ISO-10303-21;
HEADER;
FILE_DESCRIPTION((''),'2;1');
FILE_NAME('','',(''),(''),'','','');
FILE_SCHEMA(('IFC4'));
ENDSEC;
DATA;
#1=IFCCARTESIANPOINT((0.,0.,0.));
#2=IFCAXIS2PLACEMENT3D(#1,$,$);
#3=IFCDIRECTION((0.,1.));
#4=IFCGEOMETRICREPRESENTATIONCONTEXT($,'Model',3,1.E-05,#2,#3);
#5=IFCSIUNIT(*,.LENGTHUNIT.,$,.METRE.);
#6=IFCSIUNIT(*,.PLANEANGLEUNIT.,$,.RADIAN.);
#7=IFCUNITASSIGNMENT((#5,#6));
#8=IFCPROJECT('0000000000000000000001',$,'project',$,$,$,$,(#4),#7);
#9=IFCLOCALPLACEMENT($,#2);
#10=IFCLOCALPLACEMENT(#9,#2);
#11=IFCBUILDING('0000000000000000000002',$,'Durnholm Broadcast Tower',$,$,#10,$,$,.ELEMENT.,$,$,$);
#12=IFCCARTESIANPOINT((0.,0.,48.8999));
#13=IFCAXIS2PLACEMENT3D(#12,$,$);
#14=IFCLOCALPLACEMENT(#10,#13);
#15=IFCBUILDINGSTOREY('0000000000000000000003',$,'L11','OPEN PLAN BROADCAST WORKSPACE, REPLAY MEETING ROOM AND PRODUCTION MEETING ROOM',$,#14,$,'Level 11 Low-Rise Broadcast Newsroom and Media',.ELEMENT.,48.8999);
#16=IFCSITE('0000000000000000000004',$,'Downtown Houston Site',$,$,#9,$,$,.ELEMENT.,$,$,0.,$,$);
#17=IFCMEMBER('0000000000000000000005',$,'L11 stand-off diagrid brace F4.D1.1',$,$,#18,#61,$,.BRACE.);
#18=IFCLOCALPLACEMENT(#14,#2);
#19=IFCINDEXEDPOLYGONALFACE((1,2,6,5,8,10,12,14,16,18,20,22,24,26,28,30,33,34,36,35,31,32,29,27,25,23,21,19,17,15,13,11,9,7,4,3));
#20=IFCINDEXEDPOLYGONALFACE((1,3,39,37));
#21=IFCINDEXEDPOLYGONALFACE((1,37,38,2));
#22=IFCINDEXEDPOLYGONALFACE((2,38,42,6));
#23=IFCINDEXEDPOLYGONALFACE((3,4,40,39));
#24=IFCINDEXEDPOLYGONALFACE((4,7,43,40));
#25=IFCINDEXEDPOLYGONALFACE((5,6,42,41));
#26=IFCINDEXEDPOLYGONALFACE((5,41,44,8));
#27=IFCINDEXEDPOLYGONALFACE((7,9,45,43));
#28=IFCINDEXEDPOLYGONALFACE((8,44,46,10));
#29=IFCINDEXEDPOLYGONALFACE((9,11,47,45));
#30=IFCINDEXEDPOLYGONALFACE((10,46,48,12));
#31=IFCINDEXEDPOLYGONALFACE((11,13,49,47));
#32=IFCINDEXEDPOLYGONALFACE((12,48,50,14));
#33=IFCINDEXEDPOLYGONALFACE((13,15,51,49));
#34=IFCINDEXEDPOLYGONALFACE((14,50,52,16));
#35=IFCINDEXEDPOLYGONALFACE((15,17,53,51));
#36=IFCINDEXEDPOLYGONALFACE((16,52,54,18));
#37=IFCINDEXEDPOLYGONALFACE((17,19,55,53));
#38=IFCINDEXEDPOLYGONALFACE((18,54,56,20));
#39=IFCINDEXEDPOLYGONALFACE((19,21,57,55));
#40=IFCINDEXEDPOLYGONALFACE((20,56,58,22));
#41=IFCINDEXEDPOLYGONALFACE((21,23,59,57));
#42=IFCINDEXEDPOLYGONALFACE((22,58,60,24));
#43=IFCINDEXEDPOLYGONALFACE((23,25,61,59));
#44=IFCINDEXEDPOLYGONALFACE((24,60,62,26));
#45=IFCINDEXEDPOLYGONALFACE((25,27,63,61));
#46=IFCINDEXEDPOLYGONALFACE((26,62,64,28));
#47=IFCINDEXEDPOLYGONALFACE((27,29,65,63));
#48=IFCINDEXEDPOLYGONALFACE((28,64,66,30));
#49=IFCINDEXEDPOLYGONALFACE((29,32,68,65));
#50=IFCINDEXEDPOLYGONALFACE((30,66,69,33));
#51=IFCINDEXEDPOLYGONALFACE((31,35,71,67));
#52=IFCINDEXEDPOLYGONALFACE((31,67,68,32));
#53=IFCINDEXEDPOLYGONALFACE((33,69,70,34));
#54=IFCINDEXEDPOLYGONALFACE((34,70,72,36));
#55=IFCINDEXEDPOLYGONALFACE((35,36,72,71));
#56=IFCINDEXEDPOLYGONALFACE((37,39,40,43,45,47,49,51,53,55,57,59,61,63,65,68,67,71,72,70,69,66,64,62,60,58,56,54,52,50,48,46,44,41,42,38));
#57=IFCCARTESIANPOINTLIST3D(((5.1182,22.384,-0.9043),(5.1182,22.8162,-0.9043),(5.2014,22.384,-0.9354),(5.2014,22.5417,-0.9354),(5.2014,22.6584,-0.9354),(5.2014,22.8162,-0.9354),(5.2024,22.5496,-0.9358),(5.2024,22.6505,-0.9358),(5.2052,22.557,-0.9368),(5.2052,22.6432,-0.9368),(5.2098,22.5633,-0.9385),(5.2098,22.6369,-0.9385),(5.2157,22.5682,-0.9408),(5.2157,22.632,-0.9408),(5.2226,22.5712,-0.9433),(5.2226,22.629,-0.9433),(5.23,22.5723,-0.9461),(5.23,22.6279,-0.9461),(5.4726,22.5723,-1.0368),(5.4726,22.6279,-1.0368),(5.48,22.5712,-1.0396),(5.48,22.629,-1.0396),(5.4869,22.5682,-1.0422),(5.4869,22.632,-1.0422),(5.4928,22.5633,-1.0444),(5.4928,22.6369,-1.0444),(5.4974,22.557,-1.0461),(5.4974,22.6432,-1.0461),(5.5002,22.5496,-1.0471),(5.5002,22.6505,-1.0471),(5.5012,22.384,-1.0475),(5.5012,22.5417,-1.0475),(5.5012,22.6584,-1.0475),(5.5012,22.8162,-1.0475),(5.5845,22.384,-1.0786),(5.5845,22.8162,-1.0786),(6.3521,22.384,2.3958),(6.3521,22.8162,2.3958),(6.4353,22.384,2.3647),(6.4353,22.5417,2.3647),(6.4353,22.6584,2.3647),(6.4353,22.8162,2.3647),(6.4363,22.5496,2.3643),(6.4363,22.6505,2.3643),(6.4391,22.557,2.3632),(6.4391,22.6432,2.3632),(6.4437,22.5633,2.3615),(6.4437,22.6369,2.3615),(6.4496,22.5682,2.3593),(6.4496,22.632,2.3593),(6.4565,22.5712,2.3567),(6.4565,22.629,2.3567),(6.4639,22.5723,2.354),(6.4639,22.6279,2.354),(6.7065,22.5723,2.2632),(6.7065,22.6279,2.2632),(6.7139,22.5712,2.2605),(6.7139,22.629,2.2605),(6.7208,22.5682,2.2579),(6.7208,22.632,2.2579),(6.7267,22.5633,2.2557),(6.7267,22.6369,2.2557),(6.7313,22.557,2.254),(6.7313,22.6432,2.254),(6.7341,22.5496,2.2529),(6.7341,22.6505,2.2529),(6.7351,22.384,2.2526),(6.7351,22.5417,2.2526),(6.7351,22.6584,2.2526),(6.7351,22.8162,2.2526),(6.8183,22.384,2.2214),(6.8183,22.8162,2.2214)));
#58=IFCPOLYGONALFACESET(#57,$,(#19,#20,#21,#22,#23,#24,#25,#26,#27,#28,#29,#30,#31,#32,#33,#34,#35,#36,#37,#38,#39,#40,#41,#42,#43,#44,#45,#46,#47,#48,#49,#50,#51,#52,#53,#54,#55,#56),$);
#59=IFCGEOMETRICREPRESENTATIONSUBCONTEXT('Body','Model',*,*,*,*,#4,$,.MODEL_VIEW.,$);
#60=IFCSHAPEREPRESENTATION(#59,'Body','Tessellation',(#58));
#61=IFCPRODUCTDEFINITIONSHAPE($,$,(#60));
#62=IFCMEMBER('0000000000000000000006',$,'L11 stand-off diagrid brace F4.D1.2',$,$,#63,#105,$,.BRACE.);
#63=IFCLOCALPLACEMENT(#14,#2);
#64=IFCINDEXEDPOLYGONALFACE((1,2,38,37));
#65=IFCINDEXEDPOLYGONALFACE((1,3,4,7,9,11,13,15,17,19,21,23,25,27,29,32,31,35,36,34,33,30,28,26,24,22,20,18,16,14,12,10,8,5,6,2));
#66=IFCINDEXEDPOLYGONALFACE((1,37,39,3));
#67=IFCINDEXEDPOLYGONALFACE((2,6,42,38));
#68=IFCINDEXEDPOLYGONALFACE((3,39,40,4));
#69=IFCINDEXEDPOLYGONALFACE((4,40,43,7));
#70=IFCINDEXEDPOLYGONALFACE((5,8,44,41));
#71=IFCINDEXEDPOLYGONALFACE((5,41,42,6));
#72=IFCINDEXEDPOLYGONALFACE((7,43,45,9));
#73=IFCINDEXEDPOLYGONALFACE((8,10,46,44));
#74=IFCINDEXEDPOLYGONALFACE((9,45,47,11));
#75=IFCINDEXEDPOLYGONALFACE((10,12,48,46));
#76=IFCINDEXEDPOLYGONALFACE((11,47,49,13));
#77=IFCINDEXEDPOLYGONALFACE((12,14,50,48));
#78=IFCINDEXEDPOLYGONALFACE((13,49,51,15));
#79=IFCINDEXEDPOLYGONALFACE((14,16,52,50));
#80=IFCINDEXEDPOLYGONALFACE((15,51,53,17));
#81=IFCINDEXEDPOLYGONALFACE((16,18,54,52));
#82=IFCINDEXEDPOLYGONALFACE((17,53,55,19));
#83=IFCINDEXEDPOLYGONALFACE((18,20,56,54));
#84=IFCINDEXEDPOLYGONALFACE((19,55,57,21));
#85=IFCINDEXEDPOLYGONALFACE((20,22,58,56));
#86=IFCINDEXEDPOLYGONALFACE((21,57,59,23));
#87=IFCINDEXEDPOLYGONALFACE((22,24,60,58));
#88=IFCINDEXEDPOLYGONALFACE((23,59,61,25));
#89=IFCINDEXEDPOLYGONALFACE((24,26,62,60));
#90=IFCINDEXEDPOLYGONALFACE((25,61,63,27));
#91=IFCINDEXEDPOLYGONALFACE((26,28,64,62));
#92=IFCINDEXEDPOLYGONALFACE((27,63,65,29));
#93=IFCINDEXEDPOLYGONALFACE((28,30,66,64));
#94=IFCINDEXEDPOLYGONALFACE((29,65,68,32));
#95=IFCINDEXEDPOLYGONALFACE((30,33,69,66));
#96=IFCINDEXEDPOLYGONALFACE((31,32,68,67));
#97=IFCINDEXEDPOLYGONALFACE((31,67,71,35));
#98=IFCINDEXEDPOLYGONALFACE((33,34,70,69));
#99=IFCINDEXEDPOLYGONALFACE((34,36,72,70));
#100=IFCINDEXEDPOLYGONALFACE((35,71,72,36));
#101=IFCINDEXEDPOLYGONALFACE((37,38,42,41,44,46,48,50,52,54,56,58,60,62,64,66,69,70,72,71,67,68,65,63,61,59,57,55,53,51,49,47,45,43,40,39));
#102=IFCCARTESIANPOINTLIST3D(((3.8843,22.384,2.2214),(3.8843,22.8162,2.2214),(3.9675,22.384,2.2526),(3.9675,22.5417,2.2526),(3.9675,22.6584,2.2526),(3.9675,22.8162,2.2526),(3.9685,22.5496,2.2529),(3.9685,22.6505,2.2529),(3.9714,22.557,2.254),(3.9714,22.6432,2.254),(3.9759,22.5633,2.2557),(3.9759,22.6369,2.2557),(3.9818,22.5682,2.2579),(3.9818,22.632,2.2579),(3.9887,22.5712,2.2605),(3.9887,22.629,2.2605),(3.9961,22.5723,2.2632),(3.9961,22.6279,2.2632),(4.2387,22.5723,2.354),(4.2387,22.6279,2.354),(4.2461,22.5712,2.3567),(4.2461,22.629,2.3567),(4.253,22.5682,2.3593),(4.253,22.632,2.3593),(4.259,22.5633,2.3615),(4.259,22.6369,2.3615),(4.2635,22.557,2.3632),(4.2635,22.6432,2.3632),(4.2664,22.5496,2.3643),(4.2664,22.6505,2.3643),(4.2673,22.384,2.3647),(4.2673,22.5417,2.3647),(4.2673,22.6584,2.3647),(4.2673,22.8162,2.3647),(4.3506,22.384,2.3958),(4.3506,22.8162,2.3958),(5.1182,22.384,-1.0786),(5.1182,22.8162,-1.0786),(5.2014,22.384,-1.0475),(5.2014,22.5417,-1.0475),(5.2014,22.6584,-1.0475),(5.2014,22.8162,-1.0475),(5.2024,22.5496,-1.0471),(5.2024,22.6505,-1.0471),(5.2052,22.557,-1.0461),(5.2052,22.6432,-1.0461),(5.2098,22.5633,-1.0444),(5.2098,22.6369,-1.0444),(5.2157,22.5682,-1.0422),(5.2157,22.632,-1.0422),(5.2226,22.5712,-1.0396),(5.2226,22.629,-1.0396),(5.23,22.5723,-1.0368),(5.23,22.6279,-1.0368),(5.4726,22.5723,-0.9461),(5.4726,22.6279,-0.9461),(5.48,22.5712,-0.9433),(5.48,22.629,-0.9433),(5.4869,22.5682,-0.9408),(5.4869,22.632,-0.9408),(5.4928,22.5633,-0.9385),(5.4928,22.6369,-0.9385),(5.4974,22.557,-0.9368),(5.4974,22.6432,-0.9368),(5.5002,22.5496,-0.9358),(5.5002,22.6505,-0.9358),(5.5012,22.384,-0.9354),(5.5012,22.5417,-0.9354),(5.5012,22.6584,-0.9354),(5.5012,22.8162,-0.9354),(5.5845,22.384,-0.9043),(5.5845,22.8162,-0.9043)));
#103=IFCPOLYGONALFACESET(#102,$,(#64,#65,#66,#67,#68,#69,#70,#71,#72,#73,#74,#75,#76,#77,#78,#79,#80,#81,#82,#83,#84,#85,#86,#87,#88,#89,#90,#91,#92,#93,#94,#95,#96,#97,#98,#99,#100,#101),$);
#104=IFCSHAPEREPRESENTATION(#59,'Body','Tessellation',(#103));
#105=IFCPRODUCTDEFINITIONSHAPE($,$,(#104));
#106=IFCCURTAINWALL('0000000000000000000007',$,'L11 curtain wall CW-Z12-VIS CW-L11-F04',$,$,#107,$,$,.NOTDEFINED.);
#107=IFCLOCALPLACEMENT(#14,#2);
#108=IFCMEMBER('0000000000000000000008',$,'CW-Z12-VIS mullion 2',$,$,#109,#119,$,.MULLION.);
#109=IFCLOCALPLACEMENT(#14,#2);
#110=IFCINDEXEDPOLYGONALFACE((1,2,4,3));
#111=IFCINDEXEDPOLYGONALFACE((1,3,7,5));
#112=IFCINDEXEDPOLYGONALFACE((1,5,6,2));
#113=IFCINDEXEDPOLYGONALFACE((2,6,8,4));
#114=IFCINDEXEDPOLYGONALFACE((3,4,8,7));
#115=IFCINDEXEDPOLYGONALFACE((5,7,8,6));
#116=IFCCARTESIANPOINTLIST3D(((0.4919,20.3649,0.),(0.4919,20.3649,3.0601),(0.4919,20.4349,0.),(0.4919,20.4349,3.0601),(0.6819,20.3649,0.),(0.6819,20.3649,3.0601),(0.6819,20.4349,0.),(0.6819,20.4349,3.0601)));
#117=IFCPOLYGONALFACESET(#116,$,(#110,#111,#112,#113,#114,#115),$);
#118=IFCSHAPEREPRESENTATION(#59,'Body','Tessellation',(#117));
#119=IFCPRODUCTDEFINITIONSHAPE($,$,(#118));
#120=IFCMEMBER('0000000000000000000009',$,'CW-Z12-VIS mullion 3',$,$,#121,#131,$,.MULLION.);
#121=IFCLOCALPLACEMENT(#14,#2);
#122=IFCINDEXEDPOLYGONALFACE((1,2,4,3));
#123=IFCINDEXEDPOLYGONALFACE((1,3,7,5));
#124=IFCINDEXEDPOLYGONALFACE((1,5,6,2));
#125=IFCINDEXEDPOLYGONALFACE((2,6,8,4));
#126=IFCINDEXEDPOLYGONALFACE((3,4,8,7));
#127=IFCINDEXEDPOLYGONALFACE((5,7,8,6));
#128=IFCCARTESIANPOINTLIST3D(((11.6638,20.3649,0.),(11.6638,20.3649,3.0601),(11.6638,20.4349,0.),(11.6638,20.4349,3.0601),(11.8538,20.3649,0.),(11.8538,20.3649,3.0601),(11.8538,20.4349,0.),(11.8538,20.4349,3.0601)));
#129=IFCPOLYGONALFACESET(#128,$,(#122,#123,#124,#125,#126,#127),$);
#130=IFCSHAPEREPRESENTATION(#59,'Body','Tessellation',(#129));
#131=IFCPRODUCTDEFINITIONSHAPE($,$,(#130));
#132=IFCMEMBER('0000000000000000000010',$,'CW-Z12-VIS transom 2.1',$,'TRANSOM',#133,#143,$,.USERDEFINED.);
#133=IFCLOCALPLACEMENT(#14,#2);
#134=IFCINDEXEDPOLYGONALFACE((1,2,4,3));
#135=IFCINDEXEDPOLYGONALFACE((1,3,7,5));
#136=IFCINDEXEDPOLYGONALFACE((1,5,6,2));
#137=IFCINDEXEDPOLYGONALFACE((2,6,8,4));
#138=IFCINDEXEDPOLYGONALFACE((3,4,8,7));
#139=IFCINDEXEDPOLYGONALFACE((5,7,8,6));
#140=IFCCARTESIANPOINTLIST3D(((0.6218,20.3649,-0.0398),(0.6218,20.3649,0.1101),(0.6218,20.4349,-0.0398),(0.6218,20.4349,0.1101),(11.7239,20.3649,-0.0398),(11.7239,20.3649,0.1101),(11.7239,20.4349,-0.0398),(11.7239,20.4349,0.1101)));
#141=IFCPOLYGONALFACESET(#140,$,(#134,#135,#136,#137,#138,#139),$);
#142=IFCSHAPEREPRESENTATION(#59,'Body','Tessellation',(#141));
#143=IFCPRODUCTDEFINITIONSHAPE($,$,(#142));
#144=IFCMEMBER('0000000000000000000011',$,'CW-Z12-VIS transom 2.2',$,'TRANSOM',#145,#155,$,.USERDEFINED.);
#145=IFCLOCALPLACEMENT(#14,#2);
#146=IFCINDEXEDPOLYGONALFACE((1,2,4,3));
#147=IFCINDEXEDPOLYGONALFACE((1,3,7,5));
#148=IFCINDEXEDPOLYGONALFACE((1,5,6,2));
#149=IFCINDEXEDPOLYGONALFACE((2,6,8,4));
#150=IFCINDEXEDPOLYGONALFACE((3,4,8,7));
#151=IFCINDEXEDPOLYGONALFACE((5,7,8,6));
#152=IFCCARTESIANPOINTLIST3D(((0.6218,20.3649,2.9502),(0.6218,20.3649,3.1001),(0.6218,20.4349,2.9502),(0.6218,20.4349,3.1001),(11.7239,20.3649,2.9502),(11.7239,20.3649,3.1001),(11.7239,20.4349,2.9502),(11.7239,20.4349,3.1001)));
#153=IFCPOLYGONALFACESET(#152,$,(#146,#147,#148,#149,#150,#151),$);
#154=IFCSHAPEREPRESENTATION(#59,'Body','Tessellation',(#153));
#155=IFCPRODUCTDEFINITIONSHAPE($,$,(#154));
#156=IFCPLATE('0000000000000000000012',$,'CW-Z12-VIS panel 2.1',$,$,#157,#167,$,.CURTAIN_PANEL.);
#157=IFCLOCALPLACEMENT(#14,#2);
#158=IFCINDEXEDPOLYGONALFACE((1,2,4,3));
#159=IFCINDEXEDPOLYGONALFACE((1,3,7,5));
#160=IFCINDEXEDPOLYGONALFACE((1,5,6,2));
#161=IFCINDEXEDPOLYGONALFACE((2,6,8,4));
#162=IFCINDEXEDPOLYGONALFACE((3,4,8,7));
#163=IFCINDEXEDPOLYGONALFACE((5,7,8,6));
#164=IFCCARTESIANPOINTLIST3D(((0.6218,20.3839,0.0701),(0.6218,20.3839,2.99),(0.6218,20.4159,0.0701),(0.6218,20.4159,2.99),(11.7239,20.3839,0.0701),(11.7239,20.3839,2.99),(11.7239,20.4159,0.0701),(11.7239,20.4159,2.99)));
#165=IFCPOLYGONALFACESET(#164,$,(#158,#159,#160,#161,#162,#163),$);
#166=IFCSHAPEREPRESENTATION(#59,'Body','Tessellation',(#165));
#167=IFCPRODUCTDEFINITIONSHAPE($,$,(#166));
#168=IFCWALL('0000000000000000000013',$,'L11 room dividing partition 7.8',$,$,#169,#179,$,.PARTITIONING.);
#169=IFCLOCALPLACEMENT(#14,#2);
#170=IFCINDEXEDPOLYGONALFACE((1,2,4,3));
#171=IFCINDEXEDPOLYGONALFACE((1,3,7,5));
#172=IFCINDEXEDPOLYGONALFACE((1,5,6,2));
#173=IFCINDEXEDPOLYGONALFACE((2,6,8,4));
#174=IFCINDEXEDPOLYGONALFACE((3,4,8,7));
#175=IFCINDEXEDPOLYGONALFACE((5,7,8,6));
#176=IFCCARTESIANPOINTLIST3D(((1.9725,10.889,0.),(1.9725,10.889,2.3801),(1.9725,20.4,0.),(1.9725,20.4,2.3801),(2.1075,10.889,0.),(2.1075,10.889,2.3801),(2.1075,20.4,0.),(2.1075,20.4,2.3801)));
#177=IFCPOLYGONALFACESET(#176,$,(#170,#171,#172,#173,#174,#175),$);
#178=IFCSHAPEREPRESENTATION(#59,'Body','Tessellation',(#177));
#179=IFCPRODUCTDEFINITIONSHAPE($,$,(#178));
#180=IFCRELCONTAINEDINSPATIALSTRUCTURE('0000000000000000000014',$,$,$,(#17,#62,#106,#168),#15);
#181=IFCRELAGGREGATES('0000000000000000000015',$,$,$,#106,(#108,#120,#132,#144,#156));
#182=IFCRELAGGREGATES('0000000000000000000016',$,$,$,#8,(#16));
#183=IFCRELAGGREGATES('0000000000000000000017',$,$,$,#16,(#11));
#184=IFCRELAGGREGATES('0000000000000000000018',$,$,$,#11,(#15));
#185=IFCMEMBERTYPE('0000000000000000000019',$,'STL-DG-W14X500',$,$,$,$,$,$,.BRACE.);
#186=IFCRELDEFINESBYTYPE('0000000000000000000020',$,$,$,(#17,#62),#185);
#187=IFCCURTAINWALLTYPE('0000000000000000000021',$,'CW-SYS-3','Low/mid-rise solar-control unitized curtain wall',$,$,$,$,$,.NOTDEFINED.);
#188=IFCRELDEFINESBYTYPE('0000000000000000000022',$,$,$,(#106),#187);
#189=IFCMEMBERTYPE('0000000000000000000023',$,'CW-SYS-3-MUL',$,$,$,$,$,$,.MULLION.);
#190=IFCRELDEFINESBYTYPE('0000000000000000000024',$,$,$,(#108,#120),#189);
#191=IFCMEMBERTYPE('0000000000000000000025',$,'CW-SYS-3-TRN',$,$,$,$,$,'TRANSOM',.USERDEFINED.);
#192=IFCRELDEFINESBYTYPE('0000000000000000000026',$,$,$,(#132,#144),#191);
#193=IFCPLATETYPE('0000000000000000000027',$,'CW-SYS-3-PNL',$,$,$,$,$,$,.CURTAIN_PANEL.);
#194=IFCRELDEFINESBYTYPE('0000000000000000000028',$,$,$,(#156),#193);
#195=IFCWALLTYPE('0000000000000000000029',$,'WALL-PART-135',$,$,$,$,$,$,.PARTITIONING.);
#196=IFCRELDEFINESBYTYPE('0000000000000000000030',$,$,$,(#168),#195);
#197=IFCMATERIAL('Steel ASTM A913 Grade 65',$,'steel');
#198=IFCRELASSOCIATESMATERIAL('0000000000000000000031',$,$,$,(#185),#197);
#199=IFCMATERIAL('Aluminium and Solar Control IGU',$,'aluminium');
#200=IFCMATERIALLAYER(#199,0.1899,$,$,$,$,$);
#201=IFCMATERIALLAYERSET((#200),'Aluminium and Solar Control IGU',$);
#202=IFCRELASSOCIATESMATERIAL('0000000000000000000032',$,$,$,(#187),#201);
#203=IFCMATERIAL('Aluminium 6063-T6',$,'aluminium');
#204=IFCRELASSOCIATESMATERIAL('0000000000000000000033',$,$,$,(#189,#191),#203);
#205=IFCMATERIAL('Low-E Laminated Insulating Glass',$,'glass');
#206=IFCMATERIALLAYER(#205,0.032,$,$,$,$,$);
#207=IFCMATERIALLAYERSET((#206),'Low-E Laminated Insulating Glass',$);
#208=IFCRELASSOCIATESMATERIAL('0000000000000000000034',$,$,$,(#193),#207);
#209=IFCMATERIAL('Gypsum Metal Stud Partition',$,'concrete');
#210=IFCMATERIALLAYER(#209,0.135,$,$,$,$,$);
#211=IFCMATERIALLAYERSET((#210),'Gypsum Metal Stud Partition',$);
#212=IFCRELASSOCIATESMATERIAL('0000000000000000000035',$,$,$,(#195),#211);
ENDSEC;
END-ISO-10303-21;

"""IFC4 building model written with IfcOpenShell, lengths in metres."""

from ifc_helpers import new_model, si_unit, direction, frame, frame_2d, origin, origin_2d, place, context, subcontext, project, spatial, rectangle, i_section, extrude, source, transform, mapped, material, layer, layer_set, material_profile, profile_set, type_object, type_shapes, element, aggregate, save


model = new_model("IFC4")

# Units and contexts
model_context = context("Model", 3, precision=1e-05, world=origin(), true_north=direction((0.0, 1.0)))
body_context = subcontext(model_context, "Body", "Model", "MODEL_VIEW")
ifc_project = project(units=[si_unit("LENGTHUNIT", "METRE"), si_unit("PLANEANGLEUNIT", "RADIAN")], contexts=[model_context])

# Site, building, storey
site_placement = place(None, origin())
site = spatial("IfcSite", under=ifc_project, at=site_placement, Name="Downtown Houston Site", CompositionType="ELEMENT", RefElevation=0.0)
building_placement = place(site_placement, origin())
building = spatial("IfcBuilding", under=site, at=building_placement, Name="Durnholm Broadcast Tower", CompositionType="ELEMENT")
storey_placement = place(building_placement, frame((0.0, 0.0, 48.8999)))
storey = spatial("IfcBuildingStorey", under=building, at=storey_placement, Name="L11", Description="OPEN PLAN BROADCAST WORKSPACE, REPLAY MEETING ROOM AND PRODUCTION MEETING ROOM", LongName="Level 11 Low-Rise Broadcast Newsroom and Media", CompositionType="ELEMENT", Elevation=48.8999)

# Members
ifc_material_1 = material(Name="Steel ASTM A913 Grade 65", Category="steel")
ifc_material_profile_1 = material_profile(ifc_material_1, i_section(OverallWidth=0.4321, OverallDepth=0.4978, WebThickness=0.0557, FlangeThickness=0.0889, FilletRadius=0.0305, at=origin_2d()), Name="W14X500")
ifc_profile_set_1 = profile_set([ifc_material_profile_1], Name="Steel ASTM A913 Grade 65")
member_type_1 = type_object("IfcMemberType", Name="STL-DG-W14X500", PredefinedType="BRACE", material=ifc_profile_set_1)
shared_shape_1 = source(origin(), body_context, "Body", "SweptSolid", [
    extrude(i_section(OverallWidth=0.4321, OverallDepth=0.4978, WebThickness=0.0557, FlangeThickness=0.0889, FilletRadius=0.0305, at=origin_2d()), origin(), (0.0, 0.0, 1.0), 3.5232),
])
type_shapes(member_type_1, [shared_shape_1])
for number, where, z_axis, x_axis, name in (
    (1, (5.3513, 22.6001, -0.9915), (0.35022, 0.0, 0.936668), (0.0, 1.0, 0.0), "L11 stand-off diagrid brace F4.D1.1"),
    (2, (5.3513, 22.6001, -0.9915), (-0.35022, 0.0, 0.936668), (0.0, -1.0, 0.0), "L11 stand-off diagrid brace F4.D1.2"),
):
    element("IfcMember", number, at=place(storey_placement, frame(where, z_axis=z_axis, x_axis=x_axis)), inside=storey, type_object=member_type_1, Name=name, PredefinedType="BRACE", context=body_context, shape_type="MappedRepresentation", body=[
        mapped(shared_shape_1, transform((0.0, 0.0, 0.0), x_axis=(1.0, 0.0, 0.0), y_axis=(0.0, 1.0, 0.0), z_axis=(0.0, 0.0, 1.0), scale=1.0)),
    ])

# Curtain wall, members, plate
ifc_material_2 = material(Name="Aluminium and Solar Control IGU", Category="aluminium")
ifc_layer_1 = layer(ifc_material_2, 0.1899)
ifc_layer_set_1 = layer_set([ifc_layer_1], Name="Aluminium and Solar Control IGU")
curtain_wall_type = type_object("IfcCurtainWallType", Name="CW-SYS-3", Description="Low/mid-rise solar-control unitized curtain wall", PredefinedType="NOTDEFINED", material=ifc_layer_set_1)
curtain_wall_placement = place(storey_placement, origin())
curtain_wall = element("IfcCurtainWall", 3, at=curtain_wall_placement, inside=storey, type_object=curtain_wall_type, Name="L11 curtain wall CW-Z12-VIS CW-L11-F04", PredefinedType="NOTDEFINED")
ifc_material_3 = material(Name="Aluminium 6063-T6", Category="aluminium")
ifc_material_profile_2 = material_profile(ifc_material_3, rectangle(XDim=0.0701, YDim=0.1899, at=origin_2d()), Name="CWM70X190")
ifc_profile_set_2 = profile_set([ifc_material_profile_2], Name="Aluminium 6063-T6")
member_type_2 = type_object("IfcMemberType", Name="CW-SYS-3-MUL", PredefinedType="MULLION", material=ifc_profile_set_2)
shared_shape_2 = source(origin(), body_context, "Body", "SweptSolid", [
    extrude(rectangle(XDim=0.0701, YDim=0.1899, at=origin_2d()), origin(), (0.0, 0.0, 1.0), 3.0601),
])
type_shapes(member_type_2, [shared_shape_2])
member_1_placement = place(storey_placement, frame((0.5869, 20.3999, 0.0), z_axis=(0.0, 0.0, 1.0), x_axis=(0.0, 1.0, 0.0)))
member_1 = element("IfcMember", 4, at=member_1_placement, type_object=member_type_2, Name="CW-Z12-VIS mullion 2", PredefinedType="MULLION", context=body_context, shape_type="MappedRepresentation", body=[
    mapped(shared_shape_2, transform((0.0, 0.0, 0.0), x_axis=(1.0, 0.0, 0.0), y_axis=(0.0, 1.0, 0.0), z_axis=(0.0, 0.0, 1.0), scale=1.0)),
])
member_2_placement = place(storey_placement, frame((11.7588, 20.3999, 0.0), z_axis=(0.0, 0.0, 1.0), x_axis=(0.0, 1.0, 0.0)))
member_2 = element("IfcMember", 5, at=member_2_placement, type_object=member_type_2, Name="CW-Z12-VIS mullion 3", PredefinedType="MULLION", context=body_context, shape_type="MappedRepresentation", body=[
    mapped(shared_shape_2, transform((0.0, 0.0, 0.0), x_axis=(1.0, 0.0, 0.0), y_axis=(0.0, 1.0, 0.0), z_axis=(0.0, 0.0, 1.0), scale=1.0)),
])
ifc_material_profile_3 = material_profile(ifc_material_3, rectangle(XDim=0.0701, YDim=0.1499, at=origin_2d()), Name="CWT70X150")
ifc_profile_set_3 = profile_set([ifc_material_profile_3], Name="Aluminium 6063-T6")
member_type_3 = type_object("IfcMemberType", Name="CW-SYS-3-TRN", ElementType="TRANSOM", PredefinedType="USERDEFINED", material=ifc_profile_set_3)
shared_shape_3 = source(origin(), body_context, "Body", "SweptSolid", [
    extrude(rectangle(XDim=0.0701, YDim=0.1499, at=origin_2d()), origin(), (0.0, 0.0, 1.0), 11.1021),
])
type_shapes(member_type_3, [shared_shape_3])
member_3_placement = place(storey_placement, frame((0.6218, 20.3999, 0.0352), z_axis=(1.0, 0.0, 0.0), x_axis=(0.0, 1.0, 0.0)))
member_3 = element("IfcMember", 6, at=member_3_placement, type_object=member_type_3, Name="CW-Z12-VIS transom 2.1", ObjectType="TRANSOM", PredefinedType="USERDEFINED", context=body_context, shape_type="MappedRepresentation", body=[
    mapped(shared_shape_3, transform((0.0, 0.0, 0.0), x_axis=(1.0, 0.0, 0.0), y_axis=(0.0, 1.0, 0.0), z_axis=(0.0, 0.0, 1.0), scale=1.0)),
])
member_4_placement = place(storey_placement, frame((0.6218, 20.3999, 3.0251), z_axis=(1.0, 0.0, 0.0), x_axis=(0.0, 1.0, 0.0)))
member_4 = element("IfcMember", 7, at=member_4_placement, type_object=member_type_3, Name="CW-Z12-VIS transom 2.2", ObjectType="TRANSOM", PredefinedType="USERDEFINED", context=body_context, shape_type="MappedRepresentation", body=[
    mapped(shared_shape_3, transform((0.0, 0.0, 0.0), x_axis=(1.0, 0.0, 0.0), y_axis=(0.0, 1.0, 0.0), z_axis=(0.0, 0.0, 1.0), scale=1.0)),
])
ifc_material_4 = material(Name="Low-E Laminated Insulating Glass", Category="glass")
ifc_layer_2 = layer(ifc_material_4, 0.032)
ifc_layer_set_2 = layer_set([ifc_layer_2], Name="Low-E Laminated Insulating Glass")
plate_type = type_object("IfcPlateType", Name="CW-SYS-3-PNL", PredefinedType="CURTAIN_PANEL", material=ifc_layer_set_2)
shared_shape_4 = source(origin(), body_context, "Body", "SweptSolid", [
    extrude(rectangle(XDim=11.1021, YDim=0.032, at=origin_2d()), origin(), (0.0, 0.0, 1.0), 2.9199),
])
type_shapes(plate_type, [shared_shape_4])
plate_placement = place(storey_placement, frame((6.1729, 20.3999, 0.0701), z_axis=(0.0, 0.0, 1.0), x_axis=(1.0, 0.0, 0.0)))
plate = element("IfcPlate", 8, at=plate_placement, type_object=plate_type, Name="CW-Z12-VIS panel 2.1", PredefinedType="CURTAIN_PANEL", context=body_context, shape_type="MappedRepresentation", body=[
    mapped(shared_shape_4, transform((0.0, 0.0, 0.0), x_axis=(1.0, 0.0, 0.0), y_axis=(0.0, 1.0, 0.0), z_axis=(0.0, 0.0, 1.0), scale=1.0)),
])
aggregate(curtain_wall, [member_1, member_2, member_3, member_4, plate])

# Wall
ifc_material_5 = material(Name="Gypsum Metal Stud Partition", Category="concrete")
ifc_layer_3 = layer(ifc_material_5, 0.135)
ifc_layer_set_3 = layer_set([ifc_layer_3], Name="Gypsum Metal Stud Partition")
wall_type_1 = type_object("IfcWallType", Name="WALL-PART-135", PredefinedType="PARTITIONING", material=ifc_layer_set_3)
wall_1_placement = place(storey_placement, frame((2.04, 20.3999, 0.0), z_axis=(0.0, 0.0, 1.0), x_axis=(0.0, -1.0, 0.0)))
element("IfcWall", 9, at=wall_1_placement, inside=storey, type_object=wall_type_1, Name="L11 room dividing partition 7.8", PredefinedType="PARTITIONING", context=body_context, shape_type="SweptSolid", body=[
    extrude(rectangle(XDim=9.511, YDim=0.135, at=frame_2d((4.7554, 0.0))), origin(), (0.0, 0.0, 1.0), 2.3801),
])

save(model, "model.ifc")
